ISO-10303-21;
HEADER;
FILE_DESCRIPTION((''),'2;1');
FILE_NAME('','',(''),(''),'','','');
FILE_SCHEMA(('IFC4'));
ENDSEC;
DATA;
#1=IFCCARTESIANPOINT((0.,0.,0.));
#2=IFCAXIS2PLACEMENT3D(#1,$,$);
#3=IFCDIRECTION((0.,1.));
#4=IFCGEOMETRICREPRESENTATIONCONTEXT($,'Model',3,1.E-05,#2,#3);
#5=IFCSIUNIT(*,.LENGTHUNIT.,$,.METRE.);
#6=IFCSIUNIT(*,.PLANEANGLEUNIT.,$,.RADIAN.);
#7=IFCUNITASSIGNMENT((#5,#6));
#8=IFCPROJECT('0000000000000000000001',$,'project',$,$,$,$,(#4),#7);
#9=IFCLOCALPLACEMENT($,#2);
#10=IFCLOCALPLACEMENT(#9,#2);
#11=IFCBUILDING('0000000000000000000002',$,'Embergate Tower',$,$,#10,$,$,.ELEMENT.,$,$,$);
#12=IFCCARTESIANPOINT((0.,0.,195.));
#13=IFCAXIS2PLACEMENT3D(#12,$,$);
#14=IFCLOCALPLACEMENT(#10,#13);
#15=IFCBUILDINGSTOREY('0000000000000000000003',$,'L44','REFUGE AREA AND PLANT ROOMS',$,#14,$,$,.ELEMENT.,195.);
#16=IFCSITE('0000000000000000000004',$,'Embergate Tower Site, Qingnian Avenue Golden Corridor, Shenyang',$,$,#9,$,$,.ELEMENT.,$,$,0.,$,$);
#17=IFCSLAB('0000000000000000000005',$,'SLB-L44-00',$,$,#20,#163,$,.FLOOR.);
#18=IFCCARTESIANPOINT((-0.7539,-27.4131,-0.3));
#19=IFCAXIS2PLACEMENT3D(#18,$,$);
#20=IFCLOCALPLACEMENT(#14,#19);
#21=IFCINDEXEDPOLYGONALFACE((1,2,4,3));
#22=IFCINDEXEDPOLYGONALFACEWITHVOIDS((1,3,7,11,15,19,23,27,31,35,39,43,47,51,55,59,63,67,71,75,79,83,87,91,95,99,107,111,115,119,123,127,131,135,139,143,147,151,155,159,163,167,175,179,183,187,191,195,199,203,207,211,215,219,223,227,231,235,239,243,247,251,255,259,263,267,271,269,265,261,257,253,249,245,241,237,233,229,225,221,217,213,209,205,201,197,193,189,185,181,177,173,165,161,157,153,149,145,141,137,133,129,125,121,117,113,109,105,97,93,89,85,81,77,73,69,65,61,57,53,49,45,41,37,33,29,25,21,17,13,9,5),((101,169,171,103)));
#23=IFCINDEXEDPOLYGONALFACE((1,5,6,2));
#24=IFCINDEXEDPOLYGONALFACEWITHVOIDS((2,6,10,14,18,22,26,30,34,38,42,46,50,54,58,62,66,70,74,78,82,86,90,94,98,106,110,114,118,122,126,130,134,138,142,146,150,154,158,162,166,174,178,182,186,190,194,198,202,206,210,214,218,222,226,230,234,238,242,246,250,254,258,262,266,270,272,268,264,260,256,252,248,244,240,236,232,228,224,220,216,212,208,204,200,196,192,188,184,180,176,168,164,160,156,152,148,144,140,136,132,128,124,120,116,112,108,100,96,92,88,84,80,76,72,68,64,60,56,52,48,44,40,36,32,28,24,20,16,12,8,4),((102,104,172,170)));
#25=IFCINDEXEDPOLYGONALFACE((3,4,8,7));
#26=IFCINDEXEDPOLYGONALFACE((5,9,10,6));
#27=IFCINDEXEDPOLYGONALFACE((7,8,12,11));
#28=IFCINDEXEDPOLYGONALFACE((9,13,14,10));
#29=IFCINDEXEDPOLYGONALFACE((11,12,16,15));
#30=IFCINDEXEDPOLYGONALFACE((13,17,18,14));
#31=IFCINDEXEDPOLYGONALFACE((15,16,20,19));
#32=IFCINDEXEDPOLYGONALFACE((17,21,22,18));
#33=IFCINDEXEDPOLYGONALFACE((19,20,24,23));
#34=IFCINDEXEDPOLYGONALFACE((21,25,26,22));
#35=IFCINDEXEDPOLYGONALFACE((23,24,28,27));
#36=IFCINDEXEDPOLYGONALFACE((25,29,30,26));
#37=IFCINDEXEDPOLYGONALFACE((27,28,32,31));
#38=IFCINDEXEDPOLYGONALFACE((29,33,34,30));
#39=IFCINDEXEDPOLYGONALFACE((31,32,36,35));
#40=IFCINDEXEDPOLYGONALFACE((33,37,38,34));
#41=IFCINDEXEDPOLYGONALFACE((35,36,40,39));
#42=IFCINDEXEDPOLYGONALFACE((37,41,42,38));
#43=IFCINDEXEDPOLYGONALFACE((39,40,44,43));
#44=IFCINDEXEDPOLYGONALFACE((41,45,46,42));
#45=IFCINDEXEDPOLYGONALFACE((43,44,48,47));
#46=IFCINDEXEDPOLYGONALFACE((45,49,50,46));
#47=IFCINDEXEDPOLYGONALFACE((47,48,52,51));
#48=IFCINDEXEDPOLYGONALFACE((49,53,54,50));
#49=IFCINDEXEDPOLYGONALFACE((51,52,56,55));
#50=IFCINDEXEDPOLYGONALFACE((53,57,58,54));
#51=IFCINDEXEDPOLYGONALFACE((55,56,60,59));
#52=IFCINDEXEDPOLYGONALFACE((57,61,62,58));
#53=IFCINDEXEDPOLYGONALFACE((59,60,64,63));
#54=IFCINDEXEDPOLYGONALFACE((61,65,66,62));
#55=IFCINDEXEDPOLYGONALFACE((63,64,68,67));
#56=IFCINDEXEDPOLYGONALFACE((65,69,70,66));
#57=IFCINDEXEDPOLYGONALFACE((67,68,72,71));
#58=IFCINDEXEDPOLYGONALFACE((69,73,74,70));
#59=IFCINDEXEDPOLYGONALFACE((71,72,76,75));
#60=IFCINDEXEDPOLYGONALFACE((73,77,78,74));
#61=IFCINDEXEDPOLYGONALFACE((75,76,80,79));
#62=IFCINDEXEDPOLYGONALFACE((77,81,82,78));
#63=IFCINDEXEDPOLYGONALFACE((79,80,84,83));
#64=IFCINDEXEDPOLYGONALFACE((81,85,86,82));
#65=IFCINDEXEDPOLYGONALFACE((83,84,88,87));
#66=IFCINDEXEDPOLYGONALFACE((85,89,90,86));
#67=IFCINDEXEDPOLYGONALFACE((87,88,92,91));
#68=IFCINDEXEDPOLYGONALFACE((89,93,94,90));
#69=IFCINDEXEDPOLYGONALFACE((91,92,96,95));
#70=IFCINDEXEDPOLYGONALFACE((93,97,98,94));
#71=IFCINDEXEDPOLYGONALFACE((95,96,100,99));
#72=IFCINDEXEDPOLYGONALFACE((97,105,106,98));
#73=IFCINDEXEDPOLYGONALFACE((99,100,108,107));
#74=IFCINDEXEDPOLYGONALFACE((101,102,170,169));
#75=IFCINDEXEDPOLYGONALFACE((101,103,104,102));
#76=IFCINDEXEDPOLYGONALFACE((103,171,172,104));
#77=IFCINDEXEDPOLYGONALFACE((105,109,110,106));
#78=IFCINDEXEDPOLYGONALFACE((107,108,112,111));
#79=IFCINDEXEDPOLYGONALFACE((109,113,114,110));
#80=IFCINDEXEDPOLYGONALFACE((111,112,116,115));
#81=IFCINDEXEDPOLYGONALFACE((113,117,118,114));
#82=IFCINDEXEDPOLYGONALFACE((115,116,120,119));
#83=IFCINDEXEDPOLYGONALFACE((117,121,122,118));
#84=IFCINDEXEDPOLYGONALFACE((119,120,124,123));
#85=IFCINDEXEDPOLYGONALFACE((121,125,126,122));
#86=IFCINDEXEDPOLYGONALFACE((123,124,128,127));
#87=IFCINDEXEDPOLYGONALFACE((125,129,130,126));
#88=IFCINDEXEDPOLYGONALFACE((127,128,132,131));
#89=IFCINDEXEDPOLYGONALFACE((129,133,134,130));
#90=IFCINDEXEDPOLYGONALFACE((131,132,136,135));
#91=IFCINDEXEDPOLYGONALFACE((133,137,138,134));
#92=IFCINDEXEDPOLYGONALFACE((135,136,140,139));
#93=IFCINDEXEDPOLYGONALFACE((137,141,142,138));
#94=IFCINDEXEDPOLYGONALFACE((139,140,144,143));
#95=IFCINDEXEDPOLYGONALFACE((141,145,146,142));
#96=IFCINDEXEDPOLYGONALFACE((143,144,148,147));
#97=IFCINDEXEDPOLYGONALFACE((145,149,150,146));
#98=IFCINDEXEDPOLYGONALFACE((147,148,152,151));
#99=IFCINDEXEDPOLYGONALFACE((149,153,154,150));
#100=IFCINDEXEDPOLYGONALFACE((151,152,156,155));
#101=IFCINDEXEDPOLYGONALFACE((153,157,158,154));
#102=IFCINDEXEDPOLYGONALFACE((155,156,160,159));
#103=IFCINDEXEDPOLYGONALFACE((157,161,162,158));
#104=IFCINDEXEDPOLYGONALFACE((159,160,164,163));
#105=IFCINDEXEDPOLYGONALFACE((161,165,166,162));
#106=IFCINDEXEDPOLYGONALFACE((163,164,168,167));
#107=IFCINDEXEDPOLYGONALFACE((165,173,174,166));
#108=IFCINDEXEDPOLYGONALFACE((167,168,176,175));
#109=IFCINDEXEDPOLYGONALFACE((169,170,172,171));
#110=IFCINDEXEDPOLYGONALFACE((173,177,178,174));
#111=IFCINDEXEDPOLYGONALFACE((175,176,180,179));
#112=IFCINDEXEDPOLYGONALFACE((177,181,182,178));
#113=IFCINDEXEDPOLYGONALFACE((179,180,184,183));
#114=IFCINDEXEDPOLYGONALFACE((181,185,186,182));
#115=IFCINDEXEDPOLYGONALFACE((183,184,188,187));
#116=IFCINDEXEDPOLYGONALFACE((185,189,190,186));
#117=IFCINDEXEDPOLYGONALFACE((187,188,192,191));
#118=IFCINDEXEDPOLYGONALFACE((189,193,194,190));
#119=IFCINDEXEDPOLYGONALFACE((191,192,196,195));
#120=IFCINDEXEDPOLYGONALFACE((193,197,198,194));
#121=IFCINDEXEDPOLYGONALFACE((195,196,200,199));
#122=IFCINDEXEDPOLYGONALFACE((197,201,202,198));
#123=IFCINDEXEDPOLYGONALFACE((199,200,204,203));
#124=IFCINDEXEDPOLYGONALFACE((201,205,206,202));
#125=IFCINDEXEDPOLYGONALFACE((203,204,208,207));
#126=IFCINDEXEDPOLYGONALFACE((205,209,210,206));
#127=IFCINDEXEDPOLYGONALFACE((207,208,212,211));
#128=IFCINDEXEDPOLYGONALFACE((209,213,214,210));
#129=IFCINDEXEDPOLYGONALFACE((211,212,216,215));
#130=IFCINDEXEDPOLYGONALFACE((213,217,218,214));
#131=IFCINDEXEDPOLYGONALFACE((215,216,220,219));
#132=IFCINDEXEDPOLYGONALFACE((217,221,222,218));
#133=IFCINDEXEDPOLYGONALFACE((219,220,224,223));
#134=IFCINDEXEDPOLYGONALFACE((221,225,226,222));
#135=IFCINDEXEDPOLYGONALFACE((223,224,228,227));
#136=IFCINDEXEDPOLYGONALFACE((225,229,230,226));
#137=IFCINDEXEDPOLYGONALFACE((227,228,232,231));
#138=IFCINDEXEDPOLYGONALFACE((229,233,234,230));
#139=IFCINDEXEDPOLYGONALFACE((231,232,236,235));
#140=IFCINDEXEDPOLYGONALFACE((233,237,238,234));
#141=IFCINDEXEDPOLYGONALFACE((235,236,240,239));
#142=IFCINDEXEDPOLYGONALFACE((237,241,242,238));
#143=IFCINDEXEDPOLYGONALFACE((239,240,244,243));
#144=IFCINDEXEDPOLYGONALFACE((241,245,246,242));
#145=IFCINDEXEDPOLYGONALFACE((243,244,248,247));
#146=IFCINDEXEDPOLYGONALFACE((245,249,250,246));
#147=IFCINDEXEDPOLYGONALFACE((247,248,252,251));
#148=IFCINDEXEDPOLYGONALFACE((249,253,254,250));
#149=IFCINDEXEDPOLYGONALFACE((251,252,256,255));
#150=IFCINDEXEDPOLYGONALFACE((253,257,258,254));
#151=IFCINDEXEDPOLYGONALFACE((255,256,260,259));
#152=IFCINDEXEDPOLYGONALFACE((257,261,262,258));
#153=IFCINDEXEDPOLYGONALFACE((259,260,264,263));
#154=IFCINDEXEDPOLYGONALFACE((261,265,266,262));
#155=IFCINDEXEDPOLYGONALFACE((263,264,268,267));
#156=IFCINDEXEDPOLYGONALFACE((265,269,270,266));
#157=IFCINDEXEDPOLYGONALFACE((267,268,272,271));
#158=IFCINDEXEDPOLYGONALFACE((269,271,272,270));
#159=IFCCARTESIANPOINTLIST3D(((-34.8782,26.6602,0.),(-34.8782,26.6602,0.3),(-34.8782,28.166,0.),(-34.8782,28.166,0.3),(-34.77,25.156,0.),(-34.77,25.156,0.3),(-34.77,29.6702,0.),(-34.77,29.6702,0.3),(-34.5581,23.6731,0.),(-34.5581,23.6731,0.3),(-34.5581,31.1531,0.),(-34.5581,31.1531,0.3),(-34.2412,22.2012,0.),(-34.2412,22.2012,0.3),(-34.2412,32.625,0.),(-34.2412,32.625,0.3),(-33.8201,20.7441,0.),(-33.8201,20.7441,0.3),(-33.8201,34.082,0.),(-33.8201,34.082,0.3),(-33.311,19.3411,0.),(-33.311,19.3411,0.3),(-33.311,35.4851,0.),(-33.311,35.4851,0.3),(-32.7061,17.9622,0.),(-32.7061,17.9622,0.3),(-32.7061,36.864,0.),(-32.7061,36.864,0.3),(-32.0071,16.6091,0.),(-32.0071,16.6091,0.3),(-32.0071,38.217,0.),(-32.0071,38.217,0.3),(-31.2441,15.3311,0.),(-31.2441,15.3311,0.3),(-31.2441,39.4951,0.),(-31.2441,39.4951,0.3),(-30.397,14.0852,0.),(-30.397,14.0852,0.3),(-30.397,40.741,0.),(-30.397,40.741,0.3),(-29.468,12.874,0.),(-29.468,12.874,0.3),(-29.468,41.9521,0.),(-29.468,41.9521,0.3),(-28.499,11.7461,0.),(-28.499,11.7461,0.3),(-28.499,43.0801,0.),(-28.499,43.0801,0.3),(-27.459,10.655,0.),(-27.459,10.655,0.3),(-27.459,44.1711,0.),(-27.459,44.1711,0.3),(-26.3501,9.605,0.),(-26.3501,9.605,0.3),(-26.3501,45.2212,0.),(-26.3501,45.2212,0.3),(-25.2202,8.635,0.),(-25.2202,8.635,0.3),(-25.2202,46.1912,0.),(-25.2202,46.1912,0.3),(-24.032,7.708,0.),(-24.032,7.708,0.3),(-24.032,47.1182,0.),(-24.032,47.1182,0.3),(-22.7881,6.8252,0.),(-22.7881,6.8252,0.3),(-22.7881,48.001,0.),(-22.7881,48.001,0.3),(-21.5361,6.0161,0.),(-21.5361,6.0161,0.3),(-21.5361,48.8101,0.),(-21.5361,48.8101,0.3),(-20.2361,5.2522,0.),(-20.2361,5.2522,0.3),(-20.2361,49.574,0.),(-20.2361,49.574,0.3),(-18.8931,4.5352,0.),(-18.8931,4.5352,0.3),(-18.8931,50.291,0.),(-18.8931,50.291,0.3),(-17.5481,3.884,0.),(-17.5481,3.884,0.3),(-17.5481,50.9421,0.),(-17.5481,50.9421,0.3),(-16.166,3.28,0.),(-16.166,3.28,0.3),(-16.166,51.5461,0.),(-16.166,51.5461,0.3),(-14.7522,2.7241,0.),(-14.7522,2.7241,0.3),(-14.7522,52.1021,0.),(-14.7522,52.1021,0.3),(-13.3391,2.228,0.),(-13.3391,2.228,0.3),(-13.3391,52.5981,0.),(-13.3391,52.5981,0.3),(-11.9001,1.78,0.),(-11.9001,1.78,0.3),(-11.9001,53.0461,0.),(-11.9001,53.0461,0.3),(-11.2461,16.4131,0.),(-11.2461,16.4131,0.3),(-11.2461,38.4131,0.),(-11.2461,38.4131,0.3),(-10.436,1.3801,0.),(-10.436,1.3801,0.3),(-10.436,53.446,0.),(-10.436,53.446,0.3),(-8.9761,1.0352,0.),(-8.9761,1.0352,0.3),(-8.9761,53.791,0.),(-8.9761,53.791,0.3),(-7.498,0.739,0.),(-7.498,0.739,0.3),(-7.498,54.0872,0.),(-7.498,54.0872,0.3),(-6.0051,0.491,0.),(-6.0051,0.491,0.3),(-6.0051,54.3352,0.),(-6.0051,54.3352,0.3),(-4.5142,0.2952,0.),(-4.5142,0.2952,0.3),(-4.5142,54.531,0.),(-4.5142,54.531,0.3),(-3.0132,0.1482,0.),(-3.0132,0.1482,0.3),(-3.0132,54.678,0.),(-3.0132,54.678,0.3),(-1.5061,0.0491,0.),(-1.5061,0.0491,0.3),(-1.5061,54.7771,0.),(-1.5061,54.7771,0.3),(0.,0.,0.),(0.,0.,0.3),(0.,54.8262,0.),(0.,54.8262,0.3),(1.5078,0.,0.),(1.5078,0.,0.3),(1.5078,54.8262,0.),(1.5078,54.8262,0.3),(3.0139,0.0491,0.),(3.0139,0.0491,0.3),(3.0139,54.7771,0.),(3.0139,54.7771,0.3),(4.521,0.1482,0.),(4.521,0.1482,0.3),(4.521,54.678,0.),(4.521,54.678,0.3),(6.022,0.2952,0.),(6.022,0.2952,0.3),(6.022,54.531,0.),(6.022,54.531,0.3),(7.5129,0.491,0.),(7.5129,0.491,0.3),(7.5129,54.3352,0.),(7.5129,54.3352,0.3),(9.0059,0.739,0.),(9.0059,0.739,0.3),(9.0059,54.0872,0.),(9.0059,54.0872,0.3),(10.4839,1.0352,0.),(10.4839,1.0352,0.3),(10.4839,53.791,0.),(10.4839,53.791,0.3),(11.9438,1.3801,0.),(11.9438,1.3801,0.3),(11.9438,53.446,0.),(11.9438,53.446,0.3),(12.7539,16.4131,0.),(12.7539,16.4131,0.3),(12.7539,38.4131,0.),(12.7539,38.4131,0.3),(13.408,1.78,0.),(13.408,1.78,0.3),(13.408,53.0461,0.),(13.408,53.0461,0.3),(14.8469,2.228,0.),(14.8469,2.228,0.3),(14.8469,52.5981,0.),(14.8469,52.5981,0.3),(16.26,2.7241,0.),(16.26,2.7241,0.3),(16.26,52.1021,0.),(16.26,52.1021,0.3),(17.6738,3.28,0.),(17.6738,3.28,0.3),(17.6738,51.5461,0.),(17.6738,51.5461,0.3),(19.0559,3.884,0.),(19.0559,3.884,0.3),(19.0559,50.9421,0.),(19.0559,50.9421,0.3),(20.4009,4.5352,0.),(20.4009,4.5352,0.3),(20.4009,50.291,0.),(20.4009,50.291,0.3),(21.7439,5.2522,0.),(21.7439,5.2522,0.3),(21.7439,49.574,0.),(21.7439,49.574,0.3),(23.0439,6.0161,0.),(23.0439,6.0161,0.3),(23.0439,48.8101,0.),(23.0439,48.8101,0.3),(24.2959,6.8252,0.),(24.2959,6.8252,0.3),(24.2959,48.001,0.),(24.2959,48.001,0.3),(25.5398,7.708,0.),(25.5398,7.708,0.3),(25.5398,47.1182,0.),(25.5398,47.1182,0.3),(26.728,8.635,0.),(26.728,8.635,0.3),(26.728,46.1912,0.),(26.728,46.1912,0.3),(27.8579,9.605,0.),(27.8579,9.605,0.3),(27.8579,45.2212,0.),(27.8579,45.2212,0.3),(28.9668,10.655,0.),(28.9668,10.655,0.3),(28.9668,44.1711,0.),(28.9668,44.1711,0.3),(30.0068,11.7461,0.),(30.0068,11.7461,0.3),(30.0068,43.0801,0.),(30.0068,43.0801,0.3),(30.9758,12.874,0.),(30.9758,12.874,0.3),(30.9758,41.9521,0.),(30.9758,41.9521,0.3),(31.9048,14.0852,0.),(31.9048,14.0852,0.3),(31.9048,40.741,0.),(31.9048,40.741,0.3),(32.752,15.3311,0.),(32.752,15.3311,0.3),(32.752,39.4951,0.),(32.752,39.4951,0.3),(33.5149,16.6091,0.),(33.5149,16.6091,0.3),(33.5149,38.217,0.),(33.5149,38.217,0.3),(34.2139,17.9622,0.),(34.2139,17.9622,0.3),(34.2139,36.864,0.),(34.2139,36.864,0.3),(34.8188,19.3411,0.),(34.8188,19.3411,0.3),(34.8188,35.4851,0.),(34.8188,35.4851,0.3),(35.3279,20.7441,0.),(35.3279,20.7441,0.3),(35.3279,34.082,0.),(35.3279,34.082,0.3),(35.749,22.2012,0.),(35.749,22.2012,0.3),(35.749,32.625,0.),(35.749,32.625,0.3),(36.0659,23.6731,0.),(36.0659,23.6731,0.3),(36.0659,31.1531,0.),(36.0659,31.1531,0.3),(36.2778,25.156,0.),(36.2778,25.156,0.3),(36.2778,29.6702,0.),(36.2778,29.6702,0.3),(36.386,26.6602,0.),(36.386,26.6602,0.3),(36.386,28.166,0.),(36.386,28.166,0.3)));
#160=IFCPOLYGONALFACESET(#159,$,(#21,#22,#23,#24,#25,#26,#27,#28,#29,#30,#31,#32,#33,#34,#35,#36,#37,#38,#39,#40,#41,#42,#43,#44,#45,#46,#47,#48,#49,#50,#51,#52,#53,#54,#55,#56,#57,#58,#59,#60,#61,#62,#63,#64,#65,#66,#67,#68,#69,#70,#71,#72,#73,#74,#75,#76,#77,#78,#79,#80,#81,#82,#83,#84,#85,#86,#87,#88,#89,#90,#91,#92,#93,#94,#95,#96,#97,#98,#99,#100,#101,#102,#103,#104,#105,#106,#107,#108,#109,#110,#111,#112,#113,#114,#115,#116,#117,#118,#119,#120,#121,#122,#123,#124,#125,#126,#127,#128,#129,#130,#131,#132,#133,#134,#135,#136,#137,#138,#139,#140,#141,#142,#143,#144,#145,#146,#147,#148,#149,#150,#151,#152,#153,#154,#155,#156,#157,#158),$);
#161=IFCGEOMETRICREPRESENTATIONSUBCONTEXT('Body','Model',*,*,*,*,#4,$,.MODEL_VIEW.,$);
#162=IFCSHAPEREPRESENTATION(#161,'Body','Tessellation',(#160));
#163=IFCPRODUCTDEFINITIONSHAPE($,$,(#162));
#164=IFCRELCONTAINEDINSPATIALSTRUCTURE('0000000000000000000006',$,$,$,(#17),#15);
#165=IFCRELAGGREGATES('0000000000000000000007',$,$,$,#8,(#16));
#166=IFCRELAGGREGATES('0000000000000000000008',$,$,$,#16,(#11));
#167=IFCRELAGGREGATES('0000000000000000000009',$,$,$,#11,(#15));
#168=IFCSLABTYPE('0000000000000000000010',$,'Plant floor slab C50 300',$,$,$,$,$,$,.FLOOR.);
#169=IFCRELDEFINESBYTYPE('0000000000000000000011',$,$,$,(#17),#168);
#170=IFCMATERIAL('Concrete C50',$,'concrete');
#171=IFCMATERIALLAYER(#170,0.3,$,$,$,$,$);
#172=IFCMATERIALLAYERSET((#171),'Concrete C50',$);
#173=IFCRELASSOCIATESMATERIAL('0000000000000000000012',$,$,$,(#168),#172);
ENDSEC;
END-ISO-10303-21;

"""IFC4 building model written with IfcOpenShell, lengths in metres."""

from ifc_helpers import new_model, si_unit, direction, frame, origin, place, context, subcontext, project, spatial, polyline, outline, extrude, source, transform, mapped, material, layer, layer_set, type_object, element, save


model = new_model("IFC4")

# Units and contexts
model_context = context("Model", 3, precision=1e-05, world=origin(), true_north=direction((0.0, 1.0)))
body_context = subcontext(model_context, "Body", "Model", "MODEL_VIEW")
ifc_project = project(units=[si_unit("LENGTHUNIT", "METRE"), si_unit("PLANEANGLEUNIT", "RADIAN")], contexts=[model_context])

# Site, building, storey
site_placement = place(None, origin())
site = spatial("IfcSite", under=ifc_project, at=site_placement, Name="Embergate Tower Site, Qingnian Avenue Golden Corridor, Shenyang", CompositionType="ELEMENT", RefElevation=0.0)
building_placement = place(site_placement, origin())
building = spatial("IfcBuilding", under=site, at=building_placement, Name="Embergate Tower", CompositionType="ELEMENT")
storey_placement = place(building_placement, frame((0.0, 0.0, 195.0)))
storey = spatial("IfcBuildingStorey", under=building, at=storey_placement, Name="L44", Description="REFUGE AREA AND PLANT ROOMS", CompositionType="ELEMENT", Elevation=195.0)

# Slab
ifc_material_1 = material(Name="Concrete C50", Category="concrete")
ifc_layer_1 = layer(ifc_material_1, 0.3)
ifc_layer_set_1 = layer_set([ifc_layer_1], Name="Concrete C50")
slab_type = type_object("IfcSlabType", Name="Plant floor slab C50 300", PredefinedType="FLOOR", material=ifc_layer_set_1)
shared_shape_1 = source(origin(), body_context, "Body", "SweptSolid", [
    extrude(outline(polyline([(0.0, 0.0), (1.5078, 0.0), (3.0139, 0.0491), (4.521, 0.1482), (6.022, 0.2952), (7.5129, 0.491), (9.0059, 0.739), (10.4839, 1.0352), (11.9438, 1.3801), (13.408, 1.78), (14.8469, 2.228), (16.26, 2.7241), (17.6738, 3.28), (19.0559, 3.884), (20.4009, 4.5352), (21.7439, 5.2522), (23.0439, 6.0161), (24.2959, 6.8252), (25.5398, 7.708), (26.728, 8.635), (27.8579, 9.605), (28.9668, 10.655), (30.0068, 11.7461), (30.9758, 12.874), (31.9048, 14.0852), (32.752, 15.3311), (33.5149, 16.6091), (34.2139, 17.9622), (34.8188, 19.3411), (35.3279, 20.7441), (35.749, 22.2012), (36.0659, 23.6731), (36.2778, 25.156), (36.386, 26.6602), (36.386, 28.166), (36.2778, 29.6702), (36.0659, 31.1531), (35.749, 32.625), (35.3279, 34.082), (34.8188, 35.4851), (34.2139, 36.864), (33.5149, 38.217), (32.752, 39.4951), (31.9048, 40.741), (30.9758, 41.9521), (30.0068, 43.0801), (28.9668, 44.1711), (27.8579, 45.2212), (26.728, 46.1912), (25.5398, 47.1182), (24.2959, 48.001), (23.0439, 48.8101), (21.7439, 49.574), (20.4009, 50.291), (19.0559, 50.9421), (17.6738, 51.5461), (16.26, 52.1021), (14.8469, 52.5981), (13.408, 53.0461), (11.9438, 53.446), (10.4839, 53.791), (9.0059, 54.0872), (7.5129, 54.3352), (6.022, 54.531), (4.521, 54.678), (3.0139, 54.7771), (1.5078, 54.8262), (0.0, 54.8262), (-1.5061, 54.7771), (-3.0132, 54.678), (-4.5142, 54.531), (-6.0051, 54.3352), (-7.498, 54.0872), (-8.9761, 53.791), (-10.436, 53.446), (-11.9001, 53.0461), (-13.3391, 52.5981), (-14.7522, 52.1021), (-16.166, 51.5461), (-17.5481, 50.9421), (-18.8931, 50.291), (-20.2361, 49.574), (-21.5361, 48.8101), (-22.7881, 48.001), (-24.032, 47.1182), (-25.2202, 46.1912), (-26.3501, 45.2212), (-27.459, 44.1711), (-28.499, 43.0801), (-29.468, 41.9521), (-30.397, 40.741), (-31.2441, 39.4951), (-32.0071, 38.217), (-32.7061, 36.864), (-33.311, 35.4851), (-33.8201, 34.082), (-34.2412, 32.625), (-34.5581, 31.1531), (-34.77, 29.6702), (-34.8782, 28.166), (-34.8782, 26.6602), (-34.77, 25.156), (-34.5581, 23.6731), (-34.2412, 22.2012), (-33.8201, 20.7441), (-33.311, 19.3411), (-32.7061, 17.9622), (-32.0071, 16.6091), (-31.2441, 15.3311), (-30.397, 14.0852), (-29.468, 12.874), (-28.499, 11.7461), (-27.459, 10.655), (-26.3501, 9.605), (-25.2202, 8.635), (-24.032, 7.708), (-22.7881, 6.8252), (-21.5361, 6.0161), (-20.2361, 5.2522), (-18.8931, 4.5352), (-17.5481, 3.884), (-16.166, 3.28), (-14.7522, 2.7241), (-13.3391, 2.228), (-11.9001, 1.78), (-10.436, 1.3801), (-8.9761, 1.0352), (-7.498, 0.739), (-6.0051, 0.491), (-4.5142, 0.2952), (-3.0132, 0.1482), (-1.5061, 0.0491), (0.0, 0.0)]), holes=[polyline([(-11.2461, 16.4131), (-11.2461, 38.4131), (12.7539, 38.4131), (12.7539, 16.4131), (-11.2461, 16.4131)])]), origin(), (0.0, 0.0, 1.0), 0.3),
])
slab_placement = place(storey_placement, frame((-0.7539, -27.4131, -0.3)))
element("IfcSlab", 1, at=slab_placement, inside=storey, type_object=slab_type, Name="SLB-L44-00", PredefinedType="FLOOR", context=body_context, shape_type="MappedRepresentation", body=[
    mapped(shared_shape_1, transform((0.0, 0.0, 0.0))),
])

save(model, "model.ifc")
